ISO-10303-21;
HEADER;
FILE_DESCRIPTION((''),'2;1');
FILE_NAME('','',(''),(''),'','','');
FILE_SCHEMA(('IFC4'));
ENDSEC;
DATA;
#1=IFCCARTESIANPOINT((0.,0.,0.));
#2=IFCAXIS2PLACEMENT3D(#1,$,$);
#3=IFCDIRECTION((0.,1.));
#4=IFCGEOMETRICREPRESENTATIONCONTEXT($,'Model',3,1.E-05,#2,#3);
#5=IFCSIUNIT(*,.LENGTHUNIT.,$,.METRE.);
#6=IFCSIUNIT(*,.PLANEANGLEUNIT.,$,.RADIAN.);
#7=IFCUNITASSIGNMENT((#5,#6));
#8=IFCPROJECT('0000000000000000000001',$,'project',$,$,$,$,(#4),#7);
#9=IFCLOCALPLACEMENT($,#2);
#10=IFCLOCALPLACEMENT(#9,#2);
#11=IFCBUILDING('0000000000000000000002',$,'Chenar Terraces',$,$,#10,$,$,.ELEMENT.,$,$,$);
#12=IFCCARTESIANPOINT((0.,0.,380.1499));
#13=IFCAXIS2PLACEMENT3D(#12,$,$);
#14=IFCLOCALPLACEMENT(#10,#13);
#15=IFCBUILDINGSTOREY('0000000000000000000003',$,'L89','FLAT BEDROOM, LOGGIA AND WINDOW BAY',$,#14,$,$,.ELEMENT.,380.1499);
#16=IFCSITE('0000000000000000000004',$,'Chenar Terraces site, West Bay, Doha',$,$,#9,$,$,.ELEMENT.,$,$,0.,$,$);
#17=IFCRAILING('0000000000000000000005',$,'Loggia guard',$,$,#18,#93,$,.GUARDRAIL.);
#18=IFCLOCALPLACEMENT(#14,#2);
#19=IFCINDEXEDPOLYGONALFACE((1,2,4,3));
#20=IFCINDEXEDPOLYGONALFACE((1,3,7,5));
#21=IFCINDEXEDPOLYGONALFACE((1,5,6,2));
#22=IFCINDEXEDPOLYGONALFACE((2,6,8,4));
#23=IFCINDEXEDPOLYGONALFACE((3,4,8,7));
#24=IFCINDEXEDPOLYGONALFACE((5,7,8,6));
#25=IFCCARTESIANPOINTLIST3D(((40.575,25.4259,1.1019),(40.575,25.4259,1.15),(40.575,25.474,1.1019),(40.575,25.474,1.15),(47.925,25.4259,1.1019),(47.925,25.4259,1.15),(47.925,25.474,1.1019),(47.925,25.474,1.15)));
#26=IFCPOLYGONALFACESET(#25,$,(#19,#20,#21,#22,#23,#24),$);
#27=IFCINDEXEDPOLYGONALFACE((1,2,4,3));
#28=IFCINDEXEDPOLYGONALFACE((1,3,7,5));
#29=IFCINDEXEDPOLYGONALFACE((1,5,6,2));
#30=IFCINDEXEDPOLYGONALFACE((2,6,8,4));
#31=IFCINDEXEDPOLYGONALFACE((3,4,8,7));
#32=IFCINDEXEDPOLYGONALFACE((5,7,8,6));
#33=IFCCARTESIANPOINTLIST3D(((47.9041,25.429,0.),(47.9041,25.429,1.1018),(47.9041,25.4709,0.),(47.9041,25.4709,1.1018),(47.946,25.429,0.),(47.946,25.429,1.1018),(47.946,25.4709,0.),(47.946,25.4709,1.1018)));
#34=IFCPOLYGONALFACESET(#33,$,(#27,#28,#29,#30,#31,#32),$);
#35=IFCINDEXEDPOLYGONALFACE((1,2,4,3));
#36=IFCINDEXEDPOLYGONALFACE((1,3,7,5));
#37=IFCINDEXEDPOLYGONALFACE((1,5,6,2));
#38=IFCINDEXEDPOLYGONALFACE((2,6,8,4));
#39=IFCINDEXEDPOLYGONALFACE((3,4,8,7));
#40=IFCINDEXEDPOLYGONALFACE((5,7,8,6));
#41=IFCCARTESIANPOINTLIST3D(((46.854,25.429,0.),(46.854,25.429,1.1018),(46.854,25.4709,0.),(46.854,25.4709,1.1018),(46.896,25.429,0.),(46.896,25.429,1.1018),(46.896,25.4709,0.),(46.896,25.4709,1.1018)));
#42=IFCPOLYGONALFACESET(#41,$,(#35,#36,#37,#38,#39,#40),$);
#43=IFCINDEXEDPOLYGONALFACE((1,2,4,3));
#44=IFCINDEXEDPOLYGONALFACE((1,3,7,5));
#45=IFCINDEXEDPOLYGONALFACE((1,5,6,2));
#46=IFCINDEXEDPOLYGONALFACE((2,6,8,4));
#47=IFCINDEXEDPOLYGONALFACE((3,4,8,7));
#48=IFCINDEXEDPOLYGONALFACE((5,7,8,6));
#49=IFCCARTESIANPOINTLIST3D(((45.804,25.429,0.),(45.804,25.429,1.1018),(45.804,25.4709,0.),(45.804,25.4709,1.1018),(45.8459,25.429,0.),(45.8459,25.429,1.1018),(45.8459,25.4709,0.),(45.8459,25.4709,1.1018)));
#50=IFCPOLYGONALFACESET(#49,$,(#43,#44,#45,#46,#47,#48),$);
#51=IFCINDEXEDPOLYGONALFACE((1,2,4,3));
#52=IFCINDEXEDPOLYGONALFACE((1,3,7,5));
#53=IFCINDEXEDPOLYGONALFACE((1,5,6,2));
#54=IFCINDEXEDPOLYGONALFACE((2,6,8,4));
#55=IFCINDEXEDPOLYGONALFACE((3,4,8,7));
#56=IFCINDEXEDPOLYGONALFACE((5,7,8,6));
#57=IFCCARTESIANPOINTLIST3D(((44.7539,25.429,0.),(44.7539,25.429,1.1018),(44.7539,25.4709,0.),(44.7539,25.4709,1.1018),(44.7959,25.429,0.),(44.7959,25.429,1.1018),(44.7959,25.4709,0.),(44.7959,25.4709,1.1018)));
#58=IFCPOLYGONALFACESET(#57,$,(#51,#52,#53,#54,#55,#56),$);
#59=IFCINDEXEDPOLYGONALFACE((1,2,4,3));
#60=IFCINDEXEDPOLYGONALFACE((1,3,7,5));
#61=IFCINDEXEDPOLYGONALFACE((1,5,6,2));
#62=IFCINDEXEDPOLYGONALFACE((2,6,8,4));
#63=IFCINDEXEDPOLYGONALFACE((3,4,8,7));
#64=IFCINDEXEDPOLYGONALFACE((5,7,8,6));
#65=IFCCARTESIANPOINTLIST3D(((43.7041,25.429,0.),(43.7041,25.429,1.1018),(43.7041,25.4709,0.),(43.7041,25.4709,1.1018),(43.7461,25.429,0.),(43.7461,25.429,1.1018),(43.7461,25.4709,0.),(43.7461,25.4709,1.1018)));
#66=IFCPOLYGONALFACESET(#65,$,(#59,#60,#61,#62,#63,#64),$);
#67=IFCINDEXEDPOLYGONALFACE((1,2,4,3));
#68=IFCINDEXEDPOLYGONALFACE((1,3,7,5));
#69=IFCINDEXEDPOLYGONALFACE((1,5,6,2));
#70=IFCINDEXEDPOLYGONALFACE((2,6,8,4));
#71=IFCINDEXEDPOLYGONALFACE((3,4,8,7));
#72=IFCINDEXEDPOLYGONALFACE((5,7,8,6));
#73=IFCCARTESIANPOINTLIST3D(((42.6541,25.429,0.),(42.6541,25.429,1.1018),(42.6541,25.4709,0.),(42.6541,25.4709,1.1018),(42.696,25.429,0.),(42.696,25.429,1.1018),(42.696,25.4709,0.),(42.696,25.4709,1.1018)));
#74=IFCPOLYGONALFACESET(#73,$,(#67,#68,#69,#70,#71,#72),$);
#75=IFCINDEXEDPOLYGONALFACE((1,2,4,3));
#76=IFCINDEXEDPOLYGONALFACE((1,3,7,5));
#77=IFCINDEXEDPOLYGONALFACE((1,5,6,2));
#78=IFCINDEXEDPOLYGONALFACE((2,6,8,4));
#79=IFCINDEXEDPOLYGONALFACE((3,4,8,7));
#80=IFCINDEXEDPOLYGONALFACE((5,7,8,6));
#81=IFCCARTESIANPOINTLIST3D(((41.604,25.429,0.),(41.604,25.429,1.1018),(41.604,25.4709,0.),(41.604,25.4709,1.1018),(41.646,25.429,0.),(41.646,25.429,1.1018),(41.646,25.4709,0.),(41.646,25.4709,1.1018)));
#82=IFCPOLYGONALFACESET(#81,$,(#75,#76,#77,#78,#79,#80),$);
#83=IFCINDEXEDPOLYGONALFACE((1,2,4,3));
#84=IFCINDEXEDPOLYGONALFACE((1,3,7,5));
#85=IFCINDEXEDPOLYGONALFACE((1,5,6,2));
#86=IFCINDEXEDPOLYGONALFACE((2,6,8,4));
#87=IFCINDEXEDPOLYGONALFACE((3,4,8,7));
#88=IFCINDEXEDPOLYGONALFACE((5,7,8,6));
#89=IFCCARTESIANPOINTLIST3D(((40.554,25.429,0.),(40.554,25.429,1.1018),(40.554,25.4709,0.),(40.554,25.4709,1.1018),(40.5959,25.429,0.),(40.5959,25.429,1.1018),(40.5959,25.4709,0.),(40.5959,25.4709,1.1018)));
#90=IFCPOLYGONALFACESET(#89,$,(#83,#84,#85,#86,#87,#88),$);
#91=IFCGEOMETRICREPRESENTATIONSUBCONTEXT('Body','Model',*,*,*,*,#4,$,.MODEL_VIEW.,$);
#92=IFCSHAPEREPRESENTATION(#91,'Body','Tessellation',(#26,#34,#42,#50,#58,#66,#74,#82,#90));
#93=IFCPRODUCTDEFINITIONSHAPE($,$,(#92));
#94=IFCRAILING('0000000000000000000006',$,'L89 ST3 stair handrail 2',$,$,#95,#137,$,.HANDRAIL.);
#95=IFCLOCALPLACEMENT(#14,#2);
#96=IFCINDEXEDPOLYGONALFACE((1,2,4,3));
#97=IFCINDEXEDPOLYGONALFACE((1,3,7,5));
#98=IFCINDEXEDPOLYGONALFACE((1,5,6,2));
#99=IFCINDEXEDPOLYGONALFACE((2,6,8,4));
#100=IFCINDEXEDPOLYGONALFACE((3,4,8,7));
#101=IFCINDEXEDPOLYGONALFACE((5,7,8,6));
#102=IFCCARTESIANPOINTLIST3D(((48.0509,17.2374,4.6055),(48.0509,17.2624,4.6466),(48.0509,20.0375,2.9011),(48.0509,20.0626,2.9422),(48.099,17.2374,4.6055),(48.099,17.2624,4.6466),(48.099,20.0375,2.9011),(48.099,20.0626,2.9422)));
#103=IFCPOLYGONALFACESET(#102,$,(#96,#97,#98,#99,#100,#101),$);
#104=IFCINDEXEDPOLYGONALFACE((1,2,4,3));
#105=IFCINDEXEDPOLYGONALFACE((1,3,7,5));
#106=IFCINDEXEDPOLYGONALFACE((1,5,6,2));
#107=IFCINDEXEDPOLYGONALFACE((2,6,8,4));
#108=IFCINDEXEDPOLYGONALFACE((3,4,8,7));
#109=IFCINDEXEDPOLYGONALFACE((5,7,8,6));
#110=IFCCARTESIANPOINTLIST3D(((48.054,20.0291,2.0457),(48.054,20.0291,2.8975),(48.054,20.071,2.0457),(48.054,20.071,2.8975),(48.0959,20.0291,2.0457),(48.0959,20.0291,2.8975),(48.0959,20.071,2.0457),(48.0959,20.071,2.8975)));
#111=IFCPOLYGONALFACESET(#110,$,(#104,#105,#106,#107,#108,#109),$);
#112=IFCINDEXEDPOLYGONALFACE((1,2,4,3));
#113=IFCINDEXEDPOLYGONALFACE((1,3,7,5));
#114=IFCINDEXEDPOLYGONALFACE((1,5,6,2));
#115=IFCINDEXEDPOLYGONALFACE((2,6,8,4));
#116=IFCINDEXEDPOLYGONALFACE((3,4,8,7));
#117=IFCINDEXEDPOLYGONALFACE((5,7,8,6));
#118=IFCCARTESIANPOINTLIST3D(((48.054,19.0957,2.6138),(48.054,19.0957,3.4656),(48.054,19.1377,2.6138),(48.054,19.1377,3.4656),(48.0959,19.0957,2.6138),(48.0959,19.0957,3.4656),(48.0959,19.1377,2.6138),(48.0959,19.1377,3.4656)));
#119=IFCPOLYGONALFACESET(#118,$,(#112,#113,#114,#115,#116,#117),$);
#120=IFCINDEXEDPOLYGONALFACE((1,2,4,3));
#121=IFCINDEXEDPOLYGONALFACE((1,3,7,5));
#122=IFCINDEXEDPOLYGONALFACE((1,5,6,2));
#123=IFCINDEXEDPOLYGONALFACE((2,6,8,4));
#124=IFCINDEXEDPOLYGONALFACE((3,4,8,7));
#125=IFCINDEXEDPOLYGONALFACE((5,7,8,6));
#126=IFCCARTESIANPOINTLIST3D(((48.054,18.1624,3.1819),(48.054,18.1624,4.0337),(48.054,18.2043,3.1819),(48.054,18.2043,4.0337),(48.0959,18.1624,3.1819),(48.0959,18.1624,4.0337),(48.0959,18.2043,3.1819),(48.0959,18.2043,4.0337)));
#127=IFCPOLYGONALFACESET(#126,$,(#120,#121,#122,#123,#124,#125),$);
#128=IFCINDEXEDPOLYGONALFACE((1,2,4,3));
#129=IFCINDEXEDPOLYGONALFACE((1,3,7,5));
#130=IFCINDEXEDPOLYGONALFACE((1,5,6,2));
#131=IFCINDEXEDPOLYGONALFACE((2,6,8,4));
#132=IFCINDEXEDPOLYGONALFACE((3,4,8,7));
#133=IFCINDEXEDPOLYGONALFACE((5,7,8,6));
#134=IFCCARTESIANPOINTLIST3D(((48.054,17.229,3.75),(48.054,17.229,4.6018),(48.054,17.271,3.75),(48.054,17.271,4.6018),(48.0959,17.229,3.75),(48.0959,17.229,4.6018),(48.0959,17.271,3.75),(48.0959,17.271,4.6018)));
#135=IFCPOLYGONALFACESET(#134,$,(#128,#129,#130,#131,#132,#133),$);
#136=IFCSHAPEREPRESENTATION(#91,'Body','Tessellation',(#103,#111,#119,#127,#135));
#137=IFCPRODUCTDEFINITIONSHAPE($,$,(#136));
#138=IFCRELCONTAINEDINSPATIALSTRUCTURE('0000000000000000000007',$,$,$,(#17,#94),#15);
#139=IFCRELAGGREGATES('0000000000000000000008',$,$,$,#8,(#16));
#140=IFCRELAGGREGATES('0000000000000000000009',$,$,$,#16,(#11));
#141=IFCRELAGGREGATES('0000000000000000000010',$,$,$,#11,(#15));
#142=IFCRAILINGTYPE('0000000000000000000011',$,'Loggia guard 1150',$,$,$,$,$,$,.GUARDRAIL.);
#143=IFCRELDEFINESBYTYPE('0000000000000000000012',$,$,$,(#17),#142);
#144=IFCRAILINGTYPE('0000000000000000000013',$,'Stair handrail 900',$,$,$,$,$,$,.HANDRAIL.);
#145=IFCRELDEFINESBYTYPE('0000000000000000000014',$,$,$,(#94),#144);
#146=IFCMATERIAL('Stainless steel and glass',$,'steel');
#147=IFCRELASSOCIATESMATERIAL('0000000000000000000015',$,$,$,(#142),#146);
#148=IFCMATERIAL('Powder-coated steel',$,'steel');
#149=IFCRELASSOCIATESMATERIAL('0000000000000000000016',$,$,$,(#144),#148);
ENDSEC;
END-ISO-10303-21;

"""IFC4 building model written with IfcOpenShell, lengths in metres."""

from ifc_helpers import new_model, si_unit, direction, frame, origin, origin_2d, place, context, subcontext, project, spatial, rectangle, extrude, material, type_object, element, save


model = new_model("IFC4")

# Units and contexts
model_context = context("Model", 3, precision=1e-05, world=origin(), true_north=direction((0.0, 1.0)))
body_context = subcontext(model_context, "Body", "Model", "MODEL_VIEW")
ifc_project = project(units=[si_unit("LENGTHUNIT", "METRE"), si_unit("PLANEANGLEUNIT", "RADIAN")], contexts=[model_context])

# Site, building, storey
site_placement = place(None, origin())
site = spatial("IfcSite", under=ifc_project, at=site_placement, Name="Chenar Terraces site, West Bay, Doha", CompositionType="ELEMENT", RefElevation=0.0)
building_placement = place(site_placement, origin())
building = spatial("IfcBuilding", under=site, at=building_placement, Name="Chenar Terraces", CompositionType="ELEMENT")
storey_placement = place(building_placement, frame((0.0, 0.0, 380.1499)))
storey = spatial("IfcBuildingStorey", under=building, at=storey_placement, Name="L89", Description="FLAT BEDROOM, LOGGIA AND WINDOW BAY", CompositionType="ELEMENT", Elevation=380.1499)

# Railings
ifc_material_1 = material(Name="Stainless steel and glass", Category="steel")
railing_type_1 = type_object("IfcRailingType", Name="Loggia guard 1150", PredefinedType="GUARDRAIL", material=ifc_material_1)
railing_1_placement = place(storey_placement, frame((47.925, 25.45, 0.0)))
element("IfcRailing", 1, at=railing_1_placement, inside=storey, type_object=railing_type_1, Name="Loggia guard", PredefinedType="GUARDRAIL", context=body_context, shape_type="SweptSolid", body=[
    extrude(rectangle(XDim=0.0481, YDim=0.0481, at=origin_2d()), frame((0.0, 0.0, 1.126), z_axis=(-1.0, 0.0, 0.0), x_axis=(0.0, -1.0, 0.0)), (0.0, 0.0, 1.0), 7.3501),
    extrude(rectangle(XDim=0.042, YDim=0.042, at=origin_2d()), origin(), (0.0, 0.0, 1.0), 1.1018),
    extrude(rectangle(XDim=0.042, YDim=0.042, at=origin_2d()), frame((-1.05, 0.0, 0.0)), (0.0, 0.0, 1.0), 1.1018),
    extrude(rectangle(XDim=0.042, YDim=0.042, at=origin_2d()), frame((-2.1001, 0.0, 0.0)), (0.0, 0.0, 1.0), 1.1018),
    extrude(rectangle(XDim=0.042, YDim=0.042, at=origin_2d()), frame((-3.1501, 0.0, 0.0)), (0.0, 0.0, 1.0), 1.1018),
    extrude(rectangle(XDim=0.042, YDim=0.042, at=origin_2d()), frame((-4.2, 0.0, 0.0)), (0.0, 0.0, 1.0), 1.1018),
    extrude(rectangle(XDim=0.042, YDim=0.042, at=origin_2d()), frame((-5.25, 0.0, 0.0)), (0.0, 0.0, 1.0), 1.1018),
    extrude(rectangle(XDim=0.042, YDim=0.042, at=origin_2d()), frame((-6.3, 0.0, 0.0)), (0.0, 0.0, 1.0), 1.1018),
    extrude(rectangle(XDim=0.042, YDim=0.042, at=origin_2d()), frame((-7.3501, 0.0, 0.0)), (0.0, 0.0, 1.0), 1.1018),
])
ifc_material_2 = material(Name="Powder-coated steel", Category="steel")
railing_type_2 = type_object("IfcRailingType", Name="Stair handrail 900", PredefinedType="HANDRAIL", material=ifc_material_2)
railing_2_placement = place(storey_placement, frame((48.075, 20.05, 2.0457)))
element("IfcRailing", 2, at=railing_2_placement, inside=storey, type_object=railing_type_2, Name="L89 ST3 stair handrail 2", PredefinedType="HANDRAIL", context=body_context, shape_type="SweptSolid", body=[
    extrude(rectangle(XDim=0.0481, YDim=0.0481, at=origin_2d()), frame((0.0, 0.0, 0.876), z_axis=(0.0, -0.854203, 0.51994), x_axis=(1.0, 0.0, 0.0)), (0.0, 0.0, 1.0), 3.2781),
    extrude(rectangle(XDim=0.042, YDim=0.042, at=origin_2d()), origin(), (0.0, 0.0, 1.0), 0.8518),
    extrude(rectangle(XDim=0.042, YDim=0.042, at=origin_2d()), frame((0.0, -0.9333, 0.5681)), (0.0, 0.0, 1.0), 0.8518),
    extrude(rectangle(XDim=0.042, YDim=0.042, at=origin_2d()), frame((0.0, -1.8667, 1.1362)), (0.0, 0.0, 1.0), 0.8518),
    extrude(rectangle(XDim=0.042, YDim=0.042, at=origin_2d()), frame((0.0, -2.8, 1.7043)), (0.0, 0.0, 1.0), 0.8518),
])

save(model, "model.ifc")
